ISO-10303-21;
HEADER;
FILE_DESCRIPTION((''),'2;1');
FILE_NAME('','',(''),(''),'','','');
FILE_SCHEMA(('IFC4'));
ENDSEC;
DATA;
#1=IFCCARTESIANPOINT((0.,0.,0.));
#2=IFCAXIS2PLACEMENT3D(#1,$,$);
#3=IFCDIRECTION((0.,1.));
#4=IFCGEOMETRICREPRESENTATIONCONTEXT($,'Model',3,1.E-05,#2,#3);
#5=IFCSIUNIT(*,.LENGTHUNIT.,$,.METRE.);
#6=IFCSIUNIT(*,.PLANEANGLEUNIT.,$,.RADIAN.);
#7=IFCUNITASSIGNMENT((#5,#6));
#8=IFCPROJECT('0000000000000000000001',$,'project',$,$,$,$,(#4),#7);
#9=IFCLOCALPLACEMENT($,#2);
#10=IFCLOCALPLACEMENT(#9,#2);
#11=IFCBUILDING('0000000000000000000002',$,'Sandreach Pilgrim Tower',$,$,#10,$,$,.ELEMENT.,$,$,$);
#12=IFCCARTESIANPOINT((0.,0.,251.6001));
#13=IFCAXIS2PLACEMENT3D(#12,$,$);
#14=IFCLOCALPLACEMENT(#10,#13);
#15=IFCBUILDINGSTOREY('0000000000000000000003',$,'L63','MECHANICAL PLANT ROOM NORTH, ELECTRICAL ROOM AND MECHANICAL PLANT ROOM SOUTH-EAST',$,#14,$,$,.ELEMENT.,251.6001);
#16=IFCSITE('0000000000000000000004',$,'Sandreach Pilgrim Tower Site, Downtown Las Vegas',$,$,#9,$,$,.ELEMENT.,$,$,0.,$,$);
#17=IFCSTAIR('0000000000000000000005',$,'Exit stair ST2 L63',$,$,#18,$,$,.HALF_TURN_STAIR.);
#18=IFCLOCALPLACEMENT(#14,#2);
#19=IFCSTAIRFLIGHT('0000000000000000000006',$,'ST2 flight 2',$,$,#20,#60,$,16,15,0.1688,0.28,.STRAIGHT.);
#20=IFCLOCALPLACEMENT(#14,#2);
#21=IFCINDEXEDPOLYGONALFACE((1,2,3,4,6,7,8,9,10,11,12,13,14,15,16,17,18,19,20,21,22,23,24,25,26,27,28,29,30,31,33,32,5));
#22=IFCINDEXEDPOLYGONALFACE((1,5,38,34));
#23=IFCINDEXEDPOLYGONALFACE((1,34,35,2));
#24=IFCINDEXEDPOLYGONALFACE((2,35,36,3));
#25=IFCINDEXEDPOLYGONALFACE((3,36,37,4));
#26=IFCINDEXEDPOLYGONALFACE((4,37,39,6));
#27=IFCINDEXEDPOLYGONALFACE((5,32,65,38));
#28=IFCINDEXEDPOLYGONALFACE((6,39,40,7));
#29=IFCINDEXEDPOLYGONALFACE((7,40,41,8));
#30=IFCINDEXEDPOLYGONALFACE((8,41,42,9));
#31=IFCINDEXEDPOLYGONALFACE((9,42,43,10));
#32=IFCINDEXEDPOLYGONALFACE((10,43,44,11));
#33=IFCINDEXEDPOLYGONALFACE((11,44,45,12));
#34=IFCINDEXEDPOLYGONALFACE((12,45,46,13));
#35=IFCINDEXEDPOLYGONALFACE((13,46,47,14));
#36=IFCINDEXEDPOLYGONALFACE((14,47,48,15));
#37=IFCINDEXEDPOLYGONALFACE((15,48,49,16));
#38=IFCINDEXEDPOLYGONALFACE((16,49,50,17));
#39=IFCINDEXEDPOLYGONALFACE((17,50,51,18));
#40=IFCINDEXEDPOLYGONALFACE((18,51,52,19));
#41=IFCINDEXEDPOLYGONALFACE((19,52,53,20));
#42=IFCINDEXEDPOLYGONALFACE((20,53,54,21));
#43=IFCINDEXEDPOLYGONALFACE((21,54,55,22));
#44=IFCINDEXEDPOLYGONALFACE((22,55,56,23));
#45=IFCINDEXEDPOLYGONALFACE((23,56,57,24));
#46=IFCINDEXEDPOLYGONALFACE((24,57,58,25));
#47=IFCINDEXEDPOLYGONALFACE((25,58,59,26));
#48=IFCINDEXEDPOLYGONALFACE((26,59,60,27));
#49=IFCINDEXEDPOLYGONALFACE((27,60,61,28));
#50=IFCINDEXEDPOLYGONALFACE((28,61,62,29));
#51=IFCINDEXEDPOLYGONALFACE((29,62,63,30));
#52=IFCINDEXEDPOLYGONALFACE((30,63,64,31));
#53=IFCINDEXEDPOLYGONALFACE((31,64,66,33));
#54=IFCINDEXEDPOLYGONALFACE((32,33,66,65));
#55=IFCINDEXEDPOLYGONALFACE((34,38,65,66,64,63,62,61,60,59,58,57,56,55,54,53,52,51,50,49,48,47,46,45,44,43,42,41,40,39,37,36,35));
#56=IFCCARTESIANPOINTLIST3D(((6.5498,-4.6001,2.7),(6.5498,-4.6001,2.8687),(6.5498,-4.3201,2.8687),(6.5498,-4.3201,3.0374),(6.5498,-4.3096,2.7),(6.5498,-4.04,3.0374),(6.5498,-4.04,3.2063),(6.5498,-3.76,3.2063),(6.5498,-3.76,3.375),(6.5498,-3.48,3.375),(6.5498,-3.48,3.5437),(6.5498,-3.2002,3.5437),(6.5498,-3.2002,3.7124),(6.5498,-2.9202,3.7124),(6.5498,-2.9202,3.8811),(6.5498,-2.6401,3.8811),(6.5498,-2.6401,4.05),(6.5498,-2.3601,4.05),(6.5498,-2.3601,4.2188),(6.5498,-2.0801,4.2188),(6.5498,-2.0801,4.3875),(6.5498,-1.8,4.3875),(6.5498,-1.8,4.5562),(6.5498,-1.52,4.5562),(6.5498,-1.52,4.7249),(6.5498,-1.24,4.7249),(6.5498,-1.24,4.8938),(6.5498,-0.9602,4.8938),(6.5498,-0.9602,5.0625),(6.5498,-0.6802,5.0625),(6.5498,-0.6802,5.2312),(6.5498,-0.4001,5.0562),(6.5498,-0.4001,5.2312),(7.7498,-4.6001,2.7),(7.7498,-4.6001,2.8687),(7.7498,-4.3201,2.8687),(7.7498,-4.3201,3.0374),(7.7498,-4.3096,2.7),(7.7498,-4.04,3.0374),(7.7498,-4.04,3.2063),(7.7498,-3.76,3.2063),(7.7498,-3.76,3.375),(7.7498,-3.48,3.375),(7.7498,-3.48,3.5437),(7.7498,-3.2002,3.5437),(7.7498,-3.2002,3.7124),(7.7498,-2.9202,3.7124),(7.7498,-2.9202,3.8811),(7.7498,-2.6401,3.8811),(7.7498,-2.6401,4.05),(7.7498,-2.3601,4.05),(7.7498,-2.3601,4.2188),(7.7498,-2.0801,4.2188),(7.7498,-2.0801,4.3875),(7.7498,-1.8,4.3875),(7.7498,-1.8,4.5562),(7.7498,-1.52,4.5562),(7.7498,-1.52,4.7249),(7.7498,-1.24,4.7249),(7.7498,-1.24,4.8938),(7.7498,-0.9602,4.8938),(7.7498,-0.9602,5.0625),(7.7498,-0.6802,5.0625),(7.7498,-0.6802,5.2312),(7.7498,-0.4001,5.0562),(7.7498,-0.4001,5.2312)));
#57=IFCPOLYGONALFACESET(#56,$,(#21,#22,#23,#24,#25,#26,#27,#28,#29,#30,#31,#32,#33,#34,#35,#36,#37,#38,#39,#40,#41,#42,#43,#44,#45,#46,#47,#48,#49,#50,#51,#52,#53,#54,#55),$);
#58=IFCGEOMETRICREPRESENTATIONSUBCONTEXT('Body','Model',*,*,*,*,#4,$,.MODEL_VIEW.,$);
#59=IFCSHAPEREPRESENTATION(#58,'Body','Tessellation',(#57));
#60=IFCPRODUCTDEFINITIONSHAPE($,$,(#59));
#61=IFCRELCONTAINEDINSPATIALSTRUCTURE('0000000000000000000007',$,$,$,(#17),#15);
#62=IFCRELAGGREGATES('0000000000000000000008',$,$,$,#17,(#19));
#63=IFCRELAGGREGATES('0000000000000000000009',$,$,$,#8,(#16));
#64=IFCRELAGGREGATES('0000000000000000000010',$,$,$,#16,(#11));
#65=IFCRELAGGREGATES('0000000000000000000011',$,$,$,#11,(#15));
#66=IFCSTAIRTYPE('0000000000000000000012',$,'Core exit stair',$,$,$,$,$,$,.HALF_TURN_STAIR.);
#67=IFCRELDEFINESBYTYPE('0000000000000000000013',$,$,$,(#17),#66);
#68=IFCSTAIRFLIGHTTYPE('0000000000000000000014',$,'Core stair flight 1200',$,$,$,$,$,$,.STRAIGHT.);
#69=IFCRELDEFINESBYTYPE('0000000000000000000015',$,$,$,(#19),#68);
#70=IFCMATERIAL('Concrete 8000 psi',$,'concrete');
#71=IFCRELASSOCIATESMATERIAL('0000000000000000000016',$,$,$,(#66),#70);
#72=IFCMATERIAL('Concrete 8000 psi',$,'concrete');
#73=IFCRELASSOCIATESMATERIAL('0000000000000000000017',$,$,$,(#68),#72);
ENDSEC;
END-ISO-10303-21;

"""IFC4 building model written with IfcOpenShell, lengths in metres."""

from ifc_helpers import new_model, si_unit, direction, frame, origin, place, context, subcontext, project, spatial, polyline, outline, extrude, material, type_object, element, aggregate, save


model = new_model("IFC4")

# Units and contexts
model_context = context("Model", 3, precision=1e-05, world=origin(), true_north=direction((0.0, 1.0)))
body_context = subcontext(model_context, "Body", "Model", "MODEL_VIEW")
ifc_project = project(units=[si_unit("LENGTHUNIT", "METRE"), si_unit("PLANEANGLEUNIT", "RADIAN")], contexts=[model_context])

# Site, building, storey
site_placement = place(None, origin())
site = spatial("IfcSite", under=ifc_project, at=site_placement, Name="Sandreach Pilgrim Tower Site, Downtown Las Vegas", CompositionType="ELEMENT", RefElevation=0.0)
building_placement = place(site_placement, origin())
building = spatial("IfcBuilding", under=site, at=building_placement, Name="Sandreach Pilgrim Tower", CompositionType="ELEMENT")
storey_placement = place(building_placement, frame((0.0, 0.0, 251.6001)))
storey = spatial("IfcBuildingStorey", under=building, at=storey_placement, Name="L63", Description="MECHANICAL PLANT ROOM NORTH, ELECTRICAL ROOM AND MECHANICAL PLANT ROOM SOUTH-EAST", CompositionType="ELEMENT", Elevation=251.6001)

# Shared definitions
ifc_material_1 = material(Name="Concrete 8000 psi", Category="concrete")
stair_type = type_object("IfcStairType", Name="Core exit stair", PredefinedType="HALF_TURN_STAIR", material=ifc_material_1)

# Shared definitions
ifc_material_2 = material(Name="Concrete 8000 psi", Category="concrete")
stair_flight_type = type_object("IfcStairFlightType", Name="Core stair flight 1200", PredefinedType="STRAIGHT", material=ifc_material_2)

# Stair, stair flight
stair_1_placement = place(storey_placement, origin())
stair_1 = element("IfcStair", 1, at=stair_1_placement, inside=storey, type_object=stair_type, Name="Exit stair ST2 L63", PredefinedType="HALF_TURN_STAIR")
stair_flight_1_placement = place(storey_placement, frame((7.1499, -4.6001, 2.7), z_axis=(0.0, 0.0, 1.0), x_axis=(0.0, 1.0, 0.0)))
stair_flight_1 = element("IfcStairFlight", 2, at=stair_flight_1_placement, type_object=stair_flight_type, Name="ST2 flight 2", NumberOfRisers=16, NumberOfTreads=15, PredefinedType="STRAIGHT", RiserHeight=0.1688, TreadLength=0.28, context=body_context, shape_type="SweptSolid", body=[
    extrude(outline(polyline([(0.0, 0.0), (0.0, 0.1687), (0.28, 0.1687), (0.28, 0.3374), (0.5601, 0.3374), (0.5601, 0.5063), (0.8401, 0.5063), (0.8401, 0.675), (1.1201, 0.675), (1.1201, 0.8438), (1.3999, 0.8438), (1.3999, 1.0125), (1.6799, 1.0125), (1.6799, 1.1812), (1.96, 1.1812), (1.96, 1.3501), (2.24, 1.3501), (2.24, 1.5188), (2.52, 1.5188), (2.52, 1.6875), (2.8, 1.6875), (2.8, 1.8562), (3.0801, 1.8562), (3.0801, 2.0249), (3.3601, 2.0249), (3.3601, 2.1938), (3.6399, 2.1938), (3.6399, 2.3625), (3.9199, 2.3625), (3.9199, 2.5312), (4.2, 2.5312), (4.2, 2.7), (4.2, 2.3562), (0.2905, 0.0), (0.0, 0.0)])), frame((0.0, 0.6001, 0.0), z_axis=(0.0, -1.0, 0.0), x_axis=(1.0, 0.0, 0.0)), (0.0, 0.0, 1.0), 1.2),
])
aggregate(stair_1, [stair_flight_1])

save(model, "model.ifc")
